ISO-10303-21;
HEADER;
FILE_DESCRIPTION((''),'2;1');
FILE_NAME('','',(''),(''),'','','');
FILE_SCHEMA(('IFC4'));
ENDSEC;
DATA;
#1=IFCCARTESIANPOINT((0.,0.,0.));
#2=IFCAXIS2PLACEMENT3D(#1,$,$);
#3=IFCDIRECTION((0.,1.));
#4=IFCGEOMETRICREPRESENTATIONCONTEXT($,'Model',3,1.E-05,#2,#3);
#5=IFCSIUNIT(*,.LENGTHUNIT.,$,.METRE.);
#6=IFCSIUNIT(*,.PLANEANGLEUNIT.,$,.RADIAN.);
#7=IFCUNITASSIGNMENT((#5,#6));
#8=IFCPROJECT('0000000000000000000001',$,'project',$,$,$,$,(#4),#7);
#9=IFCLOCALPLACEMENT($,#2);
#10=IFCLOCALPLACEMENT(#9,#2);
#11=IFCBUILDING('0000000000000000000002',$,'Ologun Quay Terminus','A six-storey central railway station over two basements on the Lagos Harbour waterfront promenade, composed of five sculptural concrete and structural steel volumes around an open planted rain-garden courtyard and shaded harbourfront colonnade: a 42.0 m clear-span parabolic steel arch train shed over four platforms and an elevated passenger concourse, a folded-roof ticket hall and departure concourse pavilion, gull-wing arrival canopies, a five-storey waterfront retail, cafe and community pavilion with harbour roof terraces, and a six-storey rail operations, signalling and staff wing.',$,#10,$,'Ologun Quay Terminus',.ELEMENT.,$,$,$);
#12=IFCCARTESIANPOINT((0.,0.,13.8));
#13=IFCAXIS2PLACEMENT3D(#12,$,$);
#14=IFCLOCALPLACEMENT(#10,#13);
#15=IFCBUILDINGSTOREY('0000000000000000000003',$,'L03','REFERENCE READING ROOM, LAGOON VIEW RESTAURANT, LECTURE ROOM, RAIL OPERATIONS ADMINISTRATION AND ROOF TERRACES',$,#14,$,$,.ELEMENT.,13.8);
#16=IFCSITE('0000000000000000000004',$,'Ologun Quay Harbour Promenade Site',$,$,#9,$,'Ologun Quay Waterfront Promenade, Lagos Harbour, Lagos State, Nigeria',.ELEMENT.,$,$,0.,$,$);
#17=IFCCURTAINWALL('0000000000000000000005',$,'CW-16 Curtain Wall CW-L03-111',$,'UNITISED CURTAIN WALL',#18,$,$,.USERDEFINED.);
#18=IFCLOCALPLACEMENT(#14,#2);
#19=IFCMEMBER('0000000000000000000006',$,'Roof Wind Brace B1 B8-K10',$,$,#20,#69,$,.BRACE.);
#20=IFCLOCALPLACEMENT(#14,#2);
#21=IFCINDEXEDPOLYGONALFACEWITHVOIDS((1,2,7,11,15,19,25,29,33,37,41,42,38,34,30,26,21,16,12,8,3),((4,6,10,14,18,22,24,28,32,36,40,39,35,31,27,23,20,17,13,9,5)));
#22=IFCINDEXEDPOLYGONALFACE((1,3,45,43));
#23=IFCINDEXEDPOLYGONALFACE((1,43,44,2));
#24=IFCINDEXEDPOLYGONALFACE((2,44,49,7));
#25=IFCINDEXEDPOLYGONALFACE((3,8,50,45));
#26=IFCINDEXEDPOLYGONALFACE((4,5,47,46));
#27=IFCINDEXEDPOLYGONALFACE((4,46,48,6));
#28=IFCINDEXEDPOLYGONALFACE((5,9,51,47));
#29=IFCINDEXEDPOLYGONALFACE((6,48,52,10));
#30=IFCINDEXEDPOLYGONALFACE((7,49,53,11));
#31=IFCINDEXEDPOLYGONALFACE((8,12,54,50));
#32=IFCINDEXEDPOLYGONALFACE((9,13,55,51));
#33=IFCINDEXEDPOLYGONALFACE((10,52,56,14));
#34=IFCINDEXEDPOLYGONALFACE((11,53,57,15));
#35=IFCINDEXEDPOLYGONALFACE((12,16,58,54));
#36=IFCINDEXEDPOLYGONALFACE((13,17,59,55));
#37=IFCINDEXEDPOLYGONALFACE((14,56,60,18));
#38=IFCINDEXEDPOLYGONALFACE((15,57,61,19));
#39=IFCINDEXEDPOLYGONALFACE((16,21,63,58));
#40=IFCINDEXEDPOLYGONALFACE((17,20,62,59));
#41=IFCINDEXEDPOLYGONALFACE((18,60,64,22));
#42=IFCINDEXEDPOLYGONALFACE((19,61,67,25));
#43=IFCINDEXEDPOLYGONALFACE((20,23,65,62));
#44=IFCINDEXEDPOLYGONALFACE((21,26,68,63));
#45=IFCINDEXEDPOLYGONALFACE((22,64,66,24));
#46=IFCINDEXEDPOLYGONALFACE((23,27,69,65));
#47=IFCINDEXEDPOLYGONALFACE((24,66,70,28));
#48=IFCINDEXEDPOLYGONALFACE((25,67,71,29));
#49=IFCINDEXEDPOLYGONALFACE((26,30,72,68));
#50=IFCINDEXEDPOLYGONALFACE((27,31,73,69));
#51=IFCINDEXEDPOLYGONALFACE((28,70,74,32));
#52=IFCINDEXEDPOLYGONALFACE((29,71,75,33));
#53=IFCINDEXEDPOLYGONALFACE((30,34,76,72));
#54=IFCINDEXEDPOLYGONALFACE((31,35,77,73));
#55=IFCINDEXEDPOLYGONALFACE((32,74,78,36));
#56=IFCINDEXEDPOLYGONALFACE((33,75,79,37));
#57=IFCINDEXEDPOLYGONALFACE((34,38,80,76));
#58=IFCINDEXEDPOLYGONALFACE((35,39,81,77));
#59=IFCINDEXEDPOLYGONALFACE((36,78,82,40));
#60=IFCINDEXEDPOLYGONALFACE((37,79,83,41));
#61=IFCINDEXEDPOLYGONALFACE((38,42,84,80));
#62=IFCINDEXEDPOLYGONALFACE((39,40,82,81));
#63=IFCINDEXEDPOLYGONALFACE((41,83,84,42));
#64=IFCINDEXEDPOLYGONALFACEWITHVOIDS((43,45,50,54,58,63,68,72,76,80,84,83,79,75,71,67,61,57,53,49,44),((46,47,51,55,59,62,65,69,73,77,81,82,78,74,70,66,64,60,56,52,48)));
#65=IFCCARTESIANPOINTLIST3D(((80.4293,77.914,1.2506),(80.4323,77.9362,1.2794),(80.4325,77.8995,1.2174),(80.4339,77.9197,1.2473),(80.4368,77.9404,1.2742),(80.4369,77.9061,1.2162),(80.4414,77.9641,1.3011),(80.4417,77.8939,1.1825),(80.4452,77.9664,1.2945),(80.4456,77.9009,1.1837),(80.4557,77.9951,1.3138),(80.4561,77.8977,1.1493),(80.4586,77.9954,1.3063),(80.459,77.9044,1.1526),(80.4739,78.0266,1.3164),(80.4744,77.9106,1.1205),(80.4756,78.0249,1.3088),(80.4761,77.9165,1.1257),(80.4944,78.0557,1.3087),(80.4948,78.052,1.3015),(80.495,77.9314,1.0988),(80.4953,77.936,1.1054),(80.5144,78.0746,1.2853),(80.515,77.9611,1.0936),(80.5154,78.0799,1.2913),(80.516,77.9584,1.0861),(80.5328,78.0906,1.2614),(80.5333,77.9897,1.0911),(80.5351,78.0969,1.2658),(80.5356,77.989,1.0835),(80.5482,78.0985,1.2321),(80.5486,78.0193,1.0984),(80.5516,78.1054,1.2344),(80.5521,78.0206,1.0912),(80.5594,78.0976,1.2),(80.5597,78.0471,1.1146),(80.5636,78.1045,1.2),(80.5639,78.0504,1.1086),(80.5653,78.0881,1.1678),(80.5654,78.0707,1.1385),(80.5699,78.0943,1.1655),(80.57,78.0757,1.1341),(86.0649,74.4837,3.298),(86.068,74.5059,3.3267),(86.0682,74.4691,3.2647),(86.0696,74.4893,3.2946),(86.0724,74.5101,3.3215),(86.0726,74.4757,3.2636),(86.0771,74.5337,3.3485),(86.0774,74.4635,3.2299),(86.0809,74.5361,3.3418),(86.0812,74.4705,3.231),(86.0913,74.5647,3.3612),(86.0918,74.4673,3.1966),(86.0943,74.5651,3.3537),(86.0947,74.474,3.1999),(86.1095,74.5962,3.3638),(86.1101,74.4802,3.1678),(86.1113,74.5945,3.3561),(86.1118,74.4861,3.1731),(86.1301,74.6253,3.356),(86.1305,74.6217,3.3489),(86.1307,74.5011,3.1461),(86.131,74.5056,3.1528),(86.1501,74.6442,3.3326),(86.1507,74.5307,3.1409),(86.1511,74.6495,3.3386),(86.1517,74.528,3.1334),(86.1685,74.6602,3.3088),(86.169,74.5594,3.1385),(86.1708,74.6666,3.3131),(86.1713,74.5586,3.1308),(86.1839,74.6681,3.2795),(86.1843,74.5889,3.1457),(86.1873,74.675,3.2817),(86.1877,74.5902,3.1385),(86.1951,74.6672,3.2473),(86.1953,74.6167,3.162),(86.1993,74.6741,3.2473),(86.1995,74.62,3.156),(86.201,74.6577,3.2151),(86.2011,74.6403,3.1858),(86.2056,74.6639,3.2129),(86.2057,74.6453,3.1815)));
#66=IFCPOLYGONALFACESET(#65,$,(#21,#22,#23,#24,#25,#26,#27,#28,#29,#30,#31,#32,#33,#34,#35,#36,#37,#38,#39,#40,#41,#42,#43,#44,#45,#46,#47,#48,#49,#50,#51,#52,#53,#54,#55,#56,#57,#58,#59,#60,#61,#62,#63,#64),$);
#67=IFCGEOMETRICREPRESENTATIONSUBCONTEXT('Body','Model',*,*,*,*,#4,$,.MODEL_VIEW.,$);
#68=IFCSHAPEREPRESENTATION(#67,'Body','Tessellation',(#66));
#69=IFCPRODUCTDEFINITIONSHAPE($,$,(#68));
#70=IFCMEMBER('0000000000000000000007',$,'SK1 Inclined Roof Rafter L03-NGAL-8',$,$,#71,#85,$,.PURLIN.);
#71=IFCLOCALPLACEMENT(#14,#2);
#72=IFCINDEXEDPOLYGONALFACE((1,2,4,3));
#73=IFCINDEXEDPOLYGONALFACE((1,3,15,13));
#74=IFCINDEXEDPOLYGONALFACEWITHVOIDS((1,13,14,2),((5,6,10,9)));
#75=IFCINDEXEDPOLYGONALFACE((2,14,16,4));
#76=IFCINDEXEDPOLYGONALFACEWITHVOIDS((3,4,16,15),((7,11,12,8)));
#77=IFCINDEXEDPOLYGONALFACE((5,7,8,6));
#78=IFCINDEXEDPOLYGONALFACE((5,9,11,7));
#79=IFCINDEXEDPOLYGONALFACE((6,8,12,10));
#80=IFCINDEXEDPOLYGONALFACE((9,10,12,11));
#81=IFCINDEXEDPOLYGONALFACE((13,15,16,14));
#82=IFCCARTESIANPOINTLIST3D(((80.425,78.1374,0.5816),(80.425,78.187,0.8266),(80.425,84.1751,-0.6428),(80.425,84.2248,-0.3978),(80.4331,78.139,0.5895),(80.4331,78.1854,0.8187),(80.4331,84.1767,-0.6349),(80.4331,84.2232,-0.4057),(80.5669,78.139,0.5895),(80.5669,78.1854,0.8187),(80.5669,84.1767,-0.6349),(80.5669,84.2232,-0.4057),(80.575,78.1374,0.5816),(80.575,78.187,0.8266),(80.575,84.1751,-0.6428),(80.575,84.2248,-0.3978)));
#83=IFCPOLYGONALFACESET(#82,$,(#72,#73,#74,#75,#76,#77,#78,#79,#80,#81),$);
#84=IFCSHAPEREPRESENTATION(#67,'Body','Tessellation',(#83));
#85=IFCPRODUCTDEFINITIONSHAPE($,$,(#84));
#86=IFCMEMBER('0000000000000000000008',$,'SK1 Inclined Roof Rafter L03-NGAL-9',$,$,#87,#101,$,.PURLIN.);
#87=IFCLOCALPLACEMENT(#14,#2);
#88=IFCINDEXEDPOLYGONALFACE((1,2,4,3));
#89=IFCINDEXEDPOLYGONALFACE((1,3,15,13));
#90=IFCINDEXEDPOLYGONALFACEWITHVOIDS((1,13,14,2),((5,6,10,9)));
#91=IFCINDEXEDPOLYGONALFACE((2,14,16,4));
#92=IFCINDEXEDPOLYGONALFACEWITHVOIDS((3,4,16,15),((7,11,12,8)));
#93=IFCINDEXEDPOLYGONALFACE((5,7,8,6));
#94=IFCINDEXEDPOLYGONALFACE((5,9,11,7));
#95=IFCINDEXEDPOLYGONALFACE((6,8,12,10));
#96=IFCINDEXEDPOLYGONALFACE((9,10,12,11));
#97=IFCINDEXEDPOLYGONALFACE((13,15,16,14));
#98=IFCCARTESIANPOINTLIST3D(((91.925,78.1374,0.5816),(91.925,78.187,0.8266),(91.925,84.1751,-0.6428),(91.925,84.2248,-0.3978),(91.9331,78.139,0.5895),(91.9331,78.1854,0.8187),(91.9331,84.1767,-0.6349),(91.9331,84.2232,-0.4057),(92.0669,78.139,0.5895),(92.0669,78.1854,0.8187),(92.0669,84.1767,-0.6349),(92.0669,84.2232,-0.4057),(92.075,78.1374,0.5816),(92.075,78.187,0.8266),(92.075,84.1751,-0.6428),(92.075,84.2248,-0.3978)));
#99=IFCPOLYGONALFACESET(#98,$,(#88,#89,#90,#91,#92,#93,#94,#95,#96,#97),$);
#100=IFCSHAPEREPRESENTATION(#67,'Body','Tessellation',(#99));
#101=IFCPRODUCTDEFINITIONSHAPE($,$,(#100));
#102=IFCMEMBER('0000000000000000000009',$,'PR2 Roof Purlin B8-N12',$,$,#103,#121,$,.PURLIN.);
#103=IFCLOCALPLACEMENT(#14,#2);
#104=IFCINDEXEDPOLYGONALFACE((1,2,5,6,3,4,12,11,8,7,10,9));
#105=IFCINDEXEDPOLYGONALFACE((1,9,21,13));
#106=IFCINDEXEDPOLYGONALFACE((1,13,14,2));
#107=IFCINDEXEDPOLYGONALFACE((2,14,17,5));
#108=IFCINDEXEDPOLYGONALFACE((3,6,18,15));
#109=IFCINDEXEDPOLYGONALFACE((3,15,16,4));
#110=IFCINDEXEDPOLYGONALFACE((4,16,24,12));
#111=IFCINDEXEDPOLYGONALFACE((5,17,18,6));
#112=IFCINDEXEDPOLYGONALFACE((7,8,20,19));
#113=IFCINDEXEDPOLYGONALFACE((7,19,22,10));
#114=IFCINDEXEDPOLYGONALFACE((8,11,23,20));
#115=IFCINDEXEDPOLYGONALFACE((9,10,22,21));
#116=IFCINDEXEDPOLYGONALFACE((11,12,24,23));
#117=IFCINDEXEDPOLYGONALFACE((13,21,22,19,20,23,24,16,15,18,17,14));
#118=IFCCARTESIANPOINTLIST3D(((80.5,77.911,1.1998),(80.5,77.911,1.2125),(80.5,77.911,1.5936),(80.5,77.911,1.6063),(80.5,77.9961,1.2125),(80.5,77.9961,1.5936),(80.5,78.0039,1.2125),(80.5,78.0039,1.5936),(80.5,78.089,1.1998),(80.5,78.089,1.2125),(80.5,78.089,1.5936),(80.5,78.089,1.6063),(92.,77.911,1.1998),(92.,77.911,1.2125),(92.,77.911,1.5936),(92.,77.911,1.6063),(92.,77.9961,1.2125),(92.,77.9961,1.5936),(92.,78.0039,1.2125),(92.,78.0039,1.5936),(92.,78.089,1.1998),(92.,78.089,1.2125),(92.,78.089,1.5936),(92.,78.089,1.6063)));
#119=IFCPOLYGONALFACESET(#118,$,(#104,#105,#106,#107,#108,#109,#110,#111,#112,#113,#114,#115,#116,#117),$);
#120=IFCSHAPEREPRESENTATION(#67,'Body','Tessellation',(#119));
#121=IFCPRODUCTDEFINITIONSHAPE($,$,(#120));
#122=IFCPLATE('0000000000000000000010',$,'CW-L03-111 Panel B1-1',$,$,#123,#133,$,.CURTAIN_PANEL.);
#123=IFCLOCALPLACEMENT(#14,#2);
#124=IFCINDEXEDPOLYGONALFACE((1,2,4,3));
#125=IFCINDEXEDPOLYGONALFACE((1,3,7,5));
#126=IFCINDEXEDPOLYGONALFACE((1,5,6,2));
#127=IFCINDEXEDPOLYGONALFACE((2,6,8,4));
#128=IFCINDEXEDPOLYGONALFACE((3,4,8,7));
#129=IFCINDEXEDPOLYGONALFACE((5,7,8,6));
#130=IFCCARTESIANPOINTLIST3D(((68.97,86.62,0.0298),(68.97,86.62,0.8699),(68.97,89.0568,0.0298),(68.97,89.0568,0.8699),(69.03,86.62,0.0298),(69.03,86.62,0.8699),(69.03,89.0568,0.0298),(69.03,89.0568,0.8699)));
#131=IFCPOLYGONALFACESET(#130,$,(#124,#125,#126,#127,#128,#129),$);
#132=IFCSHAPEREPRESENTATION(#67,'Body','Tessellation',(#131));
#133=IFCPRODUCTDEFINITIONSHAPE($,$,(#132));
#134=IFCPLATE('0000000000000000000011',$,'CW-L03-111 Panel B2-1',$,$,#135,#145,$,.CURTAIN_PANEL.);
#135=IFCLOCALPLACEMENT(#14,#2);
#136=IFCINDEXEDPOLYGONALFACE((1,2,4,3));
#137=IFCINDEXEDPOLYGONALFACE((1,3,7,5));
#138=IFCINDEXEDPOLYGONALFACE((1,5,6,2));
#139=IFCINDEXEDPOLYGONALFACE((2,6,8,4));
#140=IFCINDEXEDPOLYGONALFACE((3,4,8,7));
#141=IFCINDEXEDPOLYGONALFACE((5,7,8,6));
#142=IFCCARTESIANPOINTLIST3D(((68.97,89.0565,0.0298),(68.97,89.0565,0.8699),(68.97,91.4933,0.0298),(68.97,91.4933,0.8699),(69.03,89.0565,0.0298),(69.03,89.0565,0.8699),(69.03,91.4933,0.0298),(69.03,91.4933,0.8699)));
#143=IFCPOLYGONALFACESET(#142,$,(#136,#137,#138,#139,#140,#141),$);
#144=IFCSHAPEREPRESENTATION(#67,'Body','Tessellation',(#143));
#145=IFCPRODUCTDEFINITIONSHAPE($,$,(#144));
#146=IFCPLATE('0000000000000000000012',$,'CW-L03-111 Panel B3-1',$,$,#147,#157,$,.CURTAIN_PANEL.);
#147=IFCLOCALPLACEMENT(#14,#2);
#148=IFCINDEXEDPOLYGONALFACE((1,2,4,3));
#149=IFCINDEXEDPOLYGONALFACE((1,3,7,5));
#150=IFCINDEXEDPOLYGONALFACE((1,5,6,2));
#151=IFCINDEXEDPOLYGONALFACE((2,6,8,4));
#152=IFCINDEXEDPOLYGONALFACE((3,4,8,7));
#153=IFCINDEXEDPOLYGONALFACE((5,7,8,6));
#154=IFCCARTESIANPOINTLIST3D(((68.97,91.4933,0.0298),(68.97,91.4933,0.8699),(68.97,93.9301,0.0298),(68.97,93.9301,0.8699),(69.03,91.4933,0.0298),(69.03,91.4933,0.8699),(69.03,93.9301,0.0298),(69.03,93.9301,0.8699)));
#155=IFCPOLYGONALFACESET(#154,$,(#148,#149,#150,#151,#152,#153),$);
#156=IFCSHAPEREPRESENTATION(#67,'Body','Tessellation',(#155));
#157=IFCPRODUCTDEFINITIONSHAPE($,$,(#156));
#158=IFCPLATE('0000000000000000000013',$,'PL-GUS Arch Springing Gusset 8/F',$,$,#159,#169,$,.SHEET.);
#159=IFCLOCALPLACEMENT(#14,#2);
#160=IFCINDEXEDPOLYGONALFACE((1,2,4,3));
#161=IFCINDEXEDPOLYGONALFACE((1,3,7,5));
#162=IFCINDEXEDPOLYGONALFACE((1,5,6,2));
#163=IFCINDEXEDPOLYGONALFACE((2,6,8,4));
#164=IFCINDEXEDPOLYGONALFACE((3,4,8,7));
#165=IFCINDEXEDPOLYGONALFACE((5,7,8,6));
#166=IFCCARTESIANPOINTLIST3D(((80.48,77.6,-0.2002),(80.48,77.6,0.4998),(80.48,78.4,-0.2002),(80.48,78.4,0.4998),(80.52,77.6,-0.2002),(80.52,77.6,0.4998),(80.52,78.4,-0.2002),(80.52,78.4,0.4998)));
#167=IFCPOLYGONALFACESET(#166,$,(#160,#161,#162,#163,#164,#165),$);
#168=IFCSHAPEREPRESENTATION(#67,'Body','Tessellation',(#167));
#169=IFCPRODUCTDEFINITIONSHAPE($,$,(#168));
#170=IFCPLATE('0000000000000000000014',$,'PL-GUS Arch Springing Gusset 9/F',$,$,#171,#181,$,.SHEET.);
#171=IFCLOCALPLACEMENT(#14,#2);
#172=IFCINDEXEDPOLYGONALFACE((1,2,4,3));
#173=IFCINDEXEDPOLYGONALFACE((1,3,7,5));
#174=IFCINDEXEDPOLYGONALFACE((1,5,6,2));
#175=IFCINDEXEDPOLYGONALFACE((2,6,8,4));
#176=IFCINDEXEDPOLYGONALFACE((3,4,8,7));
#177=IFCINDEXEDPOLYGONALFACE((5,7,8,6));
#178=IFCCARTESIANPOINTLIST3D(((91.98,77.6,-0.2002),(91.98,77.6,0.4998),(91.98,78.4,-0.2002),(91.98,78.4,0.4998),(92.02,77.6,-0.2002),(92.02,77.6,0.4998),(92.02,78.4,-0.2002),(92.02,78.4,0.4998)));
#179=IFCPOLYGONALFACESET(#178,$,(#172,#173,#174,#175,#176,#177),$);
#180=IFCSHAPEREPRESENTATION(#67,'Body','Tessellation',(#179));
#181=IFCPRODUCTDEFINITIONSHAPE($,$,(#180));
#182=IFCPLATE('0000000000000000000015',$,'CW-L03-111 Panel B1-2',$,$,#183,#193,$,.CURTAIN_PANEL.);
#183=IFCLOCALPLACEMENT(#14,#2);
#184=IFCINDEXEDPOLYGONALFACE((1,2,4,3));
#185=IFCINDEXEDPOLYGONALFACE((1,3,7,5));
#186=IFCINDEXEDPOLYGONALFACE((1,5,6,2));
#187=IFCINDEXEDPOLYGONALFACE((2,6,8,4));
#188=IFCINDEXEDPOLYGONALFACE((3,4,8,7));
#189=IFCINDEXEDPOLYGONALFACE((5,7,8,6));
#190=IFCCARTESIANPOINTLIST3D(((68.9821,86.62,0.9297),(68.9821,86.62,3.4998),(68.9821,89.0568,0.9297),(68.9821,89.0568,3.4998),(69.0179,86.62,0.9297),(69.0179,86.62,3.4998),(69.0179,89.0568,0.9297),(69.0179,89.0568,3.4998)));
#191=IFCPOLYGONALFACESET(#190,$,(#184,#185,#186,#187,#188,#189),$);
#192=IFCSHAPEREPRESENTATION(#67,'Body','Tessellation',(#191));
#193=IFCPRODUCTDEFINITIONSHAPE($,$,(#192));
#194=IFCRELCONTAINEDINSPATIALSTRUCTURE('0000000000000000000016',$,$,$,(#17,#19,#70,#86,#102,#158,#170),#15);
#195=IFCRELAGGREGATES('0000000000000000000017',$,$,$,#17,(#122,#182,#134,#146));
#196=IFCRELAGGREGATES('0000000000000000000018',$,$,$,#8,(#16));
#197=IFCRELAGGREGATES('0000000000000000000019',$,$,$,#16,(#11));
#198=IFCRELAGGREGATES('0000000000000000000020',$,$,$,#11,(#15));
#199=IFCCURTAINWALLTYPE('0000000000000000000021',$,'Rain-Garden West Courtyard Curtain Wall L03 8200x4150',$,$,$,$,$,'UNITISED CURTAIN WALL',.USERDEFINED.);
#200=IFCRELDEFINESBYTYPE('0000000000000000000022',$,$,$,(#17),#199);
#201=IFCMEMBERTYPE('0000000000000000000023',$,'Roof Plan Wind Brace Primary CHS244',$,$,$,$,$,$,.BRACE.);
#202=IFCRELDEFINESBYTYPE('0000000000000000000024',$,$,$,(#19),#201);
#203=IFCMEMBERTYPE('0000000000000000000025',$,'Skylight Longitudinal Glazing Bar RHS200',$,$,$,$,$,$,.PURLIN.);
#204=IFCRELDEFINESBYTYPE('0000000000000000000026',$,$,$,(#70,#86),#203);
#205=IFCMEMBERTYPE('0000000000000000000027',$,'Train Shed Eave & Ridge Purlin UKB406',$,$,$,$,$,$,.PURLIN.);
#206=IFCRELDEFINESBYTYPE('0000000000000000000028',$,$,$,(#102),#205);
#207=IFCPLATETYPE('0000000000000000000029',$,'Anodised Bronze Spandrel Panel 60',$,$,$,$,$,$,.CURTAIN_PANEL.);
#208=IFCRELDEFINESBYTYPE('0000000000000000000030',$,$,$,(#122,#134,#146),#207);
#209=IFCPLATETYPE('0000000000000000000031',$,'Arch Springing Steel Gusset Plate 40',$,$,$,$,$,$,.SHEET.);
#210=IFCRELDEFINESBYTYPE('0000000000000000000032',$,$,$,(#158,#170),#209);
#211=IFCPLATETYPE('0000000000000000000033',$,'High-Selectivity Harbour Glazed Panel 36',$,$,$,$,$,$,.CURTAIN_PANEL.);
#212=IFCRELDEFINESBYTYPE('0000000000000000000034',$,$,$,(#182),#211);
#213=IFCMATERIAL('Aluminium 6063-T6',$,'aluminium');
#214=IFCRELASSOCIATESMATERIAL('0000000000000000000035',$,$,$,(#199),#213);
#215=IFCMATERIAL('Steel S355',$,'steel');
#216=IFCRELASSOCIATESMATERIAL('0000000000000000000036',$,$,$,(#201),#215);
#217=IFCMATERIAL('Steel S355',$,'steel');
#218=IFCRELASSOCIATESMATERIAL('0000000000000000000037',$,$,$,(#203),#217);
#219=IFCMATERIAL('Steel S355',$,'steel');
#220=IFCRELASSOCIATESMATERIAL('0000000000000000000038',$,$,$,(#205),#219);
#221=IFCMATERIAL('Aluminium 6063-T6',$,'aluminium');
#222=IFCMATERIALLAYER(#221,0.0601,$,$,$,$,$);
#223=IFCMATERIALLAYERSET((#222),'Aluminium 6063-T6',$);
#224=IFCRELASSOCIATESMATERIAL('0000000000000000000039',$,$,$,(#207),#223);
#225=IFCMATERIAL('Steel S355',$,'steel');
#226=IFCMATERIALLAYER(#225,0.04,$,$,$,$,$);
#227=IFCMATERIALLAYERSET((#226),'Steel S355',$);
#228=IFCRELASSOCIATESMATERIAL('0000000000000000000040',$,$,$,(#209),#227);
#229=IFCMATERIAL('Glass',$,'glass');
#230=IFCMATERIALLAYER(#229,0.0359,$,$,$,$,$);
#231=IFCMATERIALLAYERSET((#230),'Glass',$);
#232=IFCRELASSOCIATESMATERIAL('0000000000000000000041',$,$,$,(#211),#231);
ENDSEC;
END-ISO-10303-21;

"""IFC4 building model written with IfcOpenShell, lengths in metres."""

from ifc_helpers import new_model, si_unit, direction, frame, origin, origin_2d, place, context, subcontext, project, spatial, rectangle, hollow_rectangle, hollow_circle, i_section, extrude, material, layer, layer_set, material_profile, profile_set, type_object, element, aggregate, save


model = new_model("IFC4")

# Units and contexts
model_context = context("Model", 3, precision=1e-05, world=origin(), true_north=direction((0.0, 1.0)))
body_context = subcontext(model_context, "Body", "Model", "MODEL_VIEW")
ifc_project = project(units=[si_unit("LENGTHUNIT", "METRE"), si_unit("PLANEANGLEUNIT", "RADIAN")], contexts=[model_context])

# Site, building, storey
site_placement = place(None, origin())
site = spatial("IfcSite", under=ifc_project, at=site_placement, Name="Ologun Quay Harbour Promenade Site", LongName="Ologun Quay Waterfront Promenade, Lagos Harbour, Lagos State, Nigeria", CompositionType="ELEMENT", RefElevation=0.0)
building_placement = place(site_placement, origin())
building = spatial("IfcBuilding", under=site, at=building_placement, Name="Ologun Quay Terminus", Description="A six-storey central railway station over two basements on the Lagos Harbour waterfront promenade, composed of five sculptural concrete and structural steel volumes around an open planted rain-garden courtyard and shaded harbourfront colonnade: a 42.0 m clear-span parabolic steel arch train shed over four platforms and an elevated passenger concourse, a folded-roof ticket hall and departure concourse pavilion, gull-wing arrival canopies, a five-storey waterfront retail, cafe and community pavilion with harbour roof terraces, and a six-storey rail operations, signalling and staff wing.", LongName="Ologun Quay Terminus", CompositionType="ELEMENT")
storey_placement = place(building_placement, frame((0.0, 0.0, 13.8)))
storey = spatial("IfcBuildingStorey", under=building, at=storey_placement, Name="L03", Description="REFERENCE READING ROOM, LAGOON VIEW RESTAURANT, LECTURE ROOM, RAIL OPERATIONS ADMINISTRATION AND ROOF TERRACES", CompositionType="ELEMENT", Elevation=13.8)

# Curtain wall
ifc_material_1 = material(Name="Aluminium 6063-T6", Category="aluminium")
curtain_wall_type = type_object("IfcCurtainWallType", Name="Rain-Garden West Courtyard Curtain Wall L03 8200x4150", ElementType="UNITISED CURTAIN WALL", PredefinedType="USERDEFINED", material=ifc_material_1)
curtain_wall_1_placement = place(storey_placement, origin())
curtain_wall_1 = element("IfcCurtainWall", 1, at=curtain_wall_1_placement, inside=storey, type_object=curtain_wall_type, Name="CW-16 Curtain Wall CW-L03-111", ObjectType="UNITISED CURTAIN WALL", PredefinedType="USERDEFINED")

# Members
ifc_material_2 = material(Name="Steel S355", Category="steel")
ifc_material_profile_1 = material_profile(ifc_material_2, hollow_circle(Radius=0.1223, WallThickness=0.0081, at=origin_2d()), Name="CHS 244.5x8")
ifc_profile_set_1 = profile_set([ifc_material_profile_1], Name="Steel S355")
member_type_1 = type_object("IfcMemberType", Name="Roof Plan Wind Brace Primary CHS244", PredefinedType="BRACE", material=ifc_profile_set_1)
member_1_placement = place(storey_placement, frame((80.5, 78.0, 1.2), z_axis=(0.815823, -0.496583, 0.296374), x_axis=(0.519943, 0.854201, 0.0)))
element("IfcMember", 2, at=member_1_placement, inside=storey, type_object=member_type_1, Name="Roof Wind Brace B1 B8-K10", PredefinedType="BRACE", context=body_context, shape_type="SweptSolid", body=[
    extrude(hollow_circle(Radius=0.1223, WallThickness=0.0081, at=origin_2d()), origin(), (0.0, 0.0, 1.0), 6.908),
])
ifc_material_3 = material(Name="Steel S355", Category="steel")
ifc_material_profile_2 = material_profile(ifc_material_3, hollow_rectangle(XDim=0.1499, YDim=0.25, WallThickness=0.0081, at=origin_2d()), Name="RHS 250x150x8")
ifc_profile_set_2 = profile_set([ifc_material_profile_2], Name="Steel S355")
member_type_2 = type_object("IfcMemberType", Name="Skylight Longitudinal Glazing Bar RHS200", PredefinedType="PURLIN", material=ifc_profile_set_2)
for number, where, z_axis, x_axis, name in (
    (3, (80.5, 84.2, -0.5203), (0.0, -0.980053, 0.198737), (1.0, 0.0, 0.0), "SK1 Inclined Roof Rafter L03-NGAL-8"),
    (4, (92.0, 84.2, -0.5203), (0.0, -0.980053, 0.198737), (1.0, 0.0, 0.0), "SK1 Inclined Roof Rafter L03-NGAL-9"),
):
    element("IfcMember", number, at=place(storey_placement, frame(where, z_axis=z_axis, x_axis=x_axis)), inside=storey, type_object=member_type_2, Name=name, PredefinedType="PURLIN", context=body_context, shape_type="SweptSolid", body=[
        extrude(hollow_rectangle(XDim=0.1499, YDim=0.25, WallThickness=0.0081, at=origin_2d()), origin(), (0.0, 0.0, 1.0), 6.1606),
    ])
ifc_material_4 = material(Name="Steel S355", Category="steel")
ifc_material_profile_3 = material_profile(ifc_material_4, i_section(OverallWidth=0.178, OverallDepth=0.4065, WebThickness=0.0078, FlangeThickness=0.0127, at=origin_2d()), Name="UKB 406x178x60")
ifc_profile_set_3 = profile_set([ifc_material_profile_3], Name="Steel S355")
member_type_3 = type_object("IfcMemberType", Name="Train Shed Eave & Ridge Purlin UKB406", PredefinedType="PURLIN", material=ifc_profile_set_3)
member_2_placement = place(storey_placement, frame((80.5, 78.0, 1.4031), z_axis=(1.0, 0.0, 0.0), x_axis=(0.0, 1.0, 0.0)))
element("IfcMember", 5, at=member_2_placement, inside=storey, type_object=member_type_3, Name="PR2 Roof Purlin B8-N12", PredefinedType="PURLIN", context=body_context, shape_type="SweptSolid", body=[
    extrude(i_section(OverallWidth=0.178, OverallDepth=0.4065, WebThickness=0.0078, FlangeThickness=0.0127, at=origin_2d()), origin(), (0.0, 0.0, 1.0), 11.5),
])

# Plates
ifc_material_5 = material(Name="Aluminium 6063-T6", Category="aluminium")
ifc_layer_1 = layer(ifc_material_5, 0.0601)
ifc_layer_set_1 = layer_set([ifc_layer_1], Name="Aluminium 6063-T6")
plate_type_1 = type_object("IfcPlateType", Name="Anodised Bronze Spandrel Panel 60", PredefinedType="CURTAIN_PANEL", material=ifc_layer_set_1)
plate_1_placement = place(storey_placement, frame((69.0, 87.8384, 0.0298), z_axis=(0.0, 0.0, 1.0), x_axis=(0.0, 1.0, 0.0)))
plate_1 = element("IfcPlate", 6, at=plate_1_placement, type_object=plate_type_1, Name="CW-L03-111 Panel B1-1", PredefinedType="CURTAIN_PANEL", context=body_context, shape_type="SweptSolid", body=[
    extrude(rectangle(XDim=2.4368, YDim=0.0601, at=origin_2d()), origin(), (0.0, 0.0, 1.0), 0.8401),
])
plate_2_placement = place(storey_placement, frame((69.0, 90.2749, 0.0298), z_axis=(0.0, 0.0, 1.0), x_axis=(0.0, 1.0, 0.0)))
plate_2 = element("IfcPlate", 7, at=plate_2_placement, type_object=plate_type_1, Name="CW-L03-111 Panel B2-1", PredefinedType="CURTAIN_PANEL", context=body_context, shape_type="SweptSolid", body=[
    extrude(rectangle(XDim=2.4368, YDim=0.0601, at=origin_2d()), origin(), (0.0, 0.0, 1.0), 0.8401),
])
plate_3_placement = place(storey_placement, frame((69.0, 92.7117, 0.0298), z_axis=(0.0, 0.0, 1.0), x_axis=(0.0, 1.0, 0.0)))
plate_3 = element("IfcPlate", 8, at=plate_3_placement, type_object=plate_type_1, Name="CW-L03-111 Panel B3-1", PredefinedType="CURTAIN_PANEL", context=body_context, shape_type="SweptSolid", body=[
    extrude(rectangle(XDim=2.4368, YDim=0.0601, at=origin_2d()), origin(), (0.0, 0.0, 1.0), 0.8401),
])

# Plates
ifc_material_6 = material(Name="Steel S355", Category="steel")
ifc_layer_2 = layer(ifc_material_6, 0.04)
ifc_layer_set_2 = layer_set([ifc_layer_2], Name="Steel S355")
plate_type_2 = type_object("IfcPlateType", Name="Arch Springing Steel Gusset Plate 40", PredefinedType="SHEET", material=ifc_layer_set_2)
for number, where, z_axis, x_axis, name in (
    (9, (80.5, 78.0, -0.2002), (0.0, 0.0, 1.0), (0.0, 1.0, 0.0), "PL-GUS Arch Springing Gusset 8/F"),
    (10, (92.0, 78.0, -0.2002), (0.0, 0.0, 1.0), (0.0, 1.0, 0.0), "PL-GUS Arch Springing Gusset 9/F"),
):
    element("IfcPlate", number, at=place(storey_placement, frame(where, z_axis=z_axis, x_axis=x_axis)), inside=storey, type_object=plate_type_2, Name=name, PredefinedType="SHEET", context=body_context, shape_type="SweptSolid", body=[
        extrude(rectangle(XDim=0.8, YDim=0.04, at=origin_2d()), origin(), (0.0, 0.0, 1.0), 0.7),
    ])

# Plate
ifc_material_7 = material(Name="Glass", Category="glass")
ifc_layer_3 = layer(ifc_material_7, 0.0359)
ifc_layer_set_3 = layer_set([ifc_layer_3], Name="Glass")
plate_type_3 = type_object("IfcPlateType", Name="High-Selectivity Harbour Glazed Panel 36", PredefinedType="CURTAIN_PANEL", material=ifc_layer_set_3)
plate_4_placement = place(storey_placement, frame((69.0, 87.8384, 0.9297), z_axis=(0.0, 0.0, 1.0), x_axis=(0.0, 1.0, 0.0)))
plate_4 = element("IfcPlate", 11, at=plate_4_placement, type_object=plate_type_3, Name="CW-L03-111 Panel B1-2", PredefinedType="CURTAIN_PANEL", context=body_context, shape_type="SweptSolid", body=[
    extrude(rectangle(XDim=2.4368, YDim=0.0359, at=origin_2d()), origin(), (0.0, 0.0, 1.0), 2.5701),
])
aggregate(curtain_wall_1, [plate_1, plate_4, plate_2, plate_3])

save(model, "model.ifc")
